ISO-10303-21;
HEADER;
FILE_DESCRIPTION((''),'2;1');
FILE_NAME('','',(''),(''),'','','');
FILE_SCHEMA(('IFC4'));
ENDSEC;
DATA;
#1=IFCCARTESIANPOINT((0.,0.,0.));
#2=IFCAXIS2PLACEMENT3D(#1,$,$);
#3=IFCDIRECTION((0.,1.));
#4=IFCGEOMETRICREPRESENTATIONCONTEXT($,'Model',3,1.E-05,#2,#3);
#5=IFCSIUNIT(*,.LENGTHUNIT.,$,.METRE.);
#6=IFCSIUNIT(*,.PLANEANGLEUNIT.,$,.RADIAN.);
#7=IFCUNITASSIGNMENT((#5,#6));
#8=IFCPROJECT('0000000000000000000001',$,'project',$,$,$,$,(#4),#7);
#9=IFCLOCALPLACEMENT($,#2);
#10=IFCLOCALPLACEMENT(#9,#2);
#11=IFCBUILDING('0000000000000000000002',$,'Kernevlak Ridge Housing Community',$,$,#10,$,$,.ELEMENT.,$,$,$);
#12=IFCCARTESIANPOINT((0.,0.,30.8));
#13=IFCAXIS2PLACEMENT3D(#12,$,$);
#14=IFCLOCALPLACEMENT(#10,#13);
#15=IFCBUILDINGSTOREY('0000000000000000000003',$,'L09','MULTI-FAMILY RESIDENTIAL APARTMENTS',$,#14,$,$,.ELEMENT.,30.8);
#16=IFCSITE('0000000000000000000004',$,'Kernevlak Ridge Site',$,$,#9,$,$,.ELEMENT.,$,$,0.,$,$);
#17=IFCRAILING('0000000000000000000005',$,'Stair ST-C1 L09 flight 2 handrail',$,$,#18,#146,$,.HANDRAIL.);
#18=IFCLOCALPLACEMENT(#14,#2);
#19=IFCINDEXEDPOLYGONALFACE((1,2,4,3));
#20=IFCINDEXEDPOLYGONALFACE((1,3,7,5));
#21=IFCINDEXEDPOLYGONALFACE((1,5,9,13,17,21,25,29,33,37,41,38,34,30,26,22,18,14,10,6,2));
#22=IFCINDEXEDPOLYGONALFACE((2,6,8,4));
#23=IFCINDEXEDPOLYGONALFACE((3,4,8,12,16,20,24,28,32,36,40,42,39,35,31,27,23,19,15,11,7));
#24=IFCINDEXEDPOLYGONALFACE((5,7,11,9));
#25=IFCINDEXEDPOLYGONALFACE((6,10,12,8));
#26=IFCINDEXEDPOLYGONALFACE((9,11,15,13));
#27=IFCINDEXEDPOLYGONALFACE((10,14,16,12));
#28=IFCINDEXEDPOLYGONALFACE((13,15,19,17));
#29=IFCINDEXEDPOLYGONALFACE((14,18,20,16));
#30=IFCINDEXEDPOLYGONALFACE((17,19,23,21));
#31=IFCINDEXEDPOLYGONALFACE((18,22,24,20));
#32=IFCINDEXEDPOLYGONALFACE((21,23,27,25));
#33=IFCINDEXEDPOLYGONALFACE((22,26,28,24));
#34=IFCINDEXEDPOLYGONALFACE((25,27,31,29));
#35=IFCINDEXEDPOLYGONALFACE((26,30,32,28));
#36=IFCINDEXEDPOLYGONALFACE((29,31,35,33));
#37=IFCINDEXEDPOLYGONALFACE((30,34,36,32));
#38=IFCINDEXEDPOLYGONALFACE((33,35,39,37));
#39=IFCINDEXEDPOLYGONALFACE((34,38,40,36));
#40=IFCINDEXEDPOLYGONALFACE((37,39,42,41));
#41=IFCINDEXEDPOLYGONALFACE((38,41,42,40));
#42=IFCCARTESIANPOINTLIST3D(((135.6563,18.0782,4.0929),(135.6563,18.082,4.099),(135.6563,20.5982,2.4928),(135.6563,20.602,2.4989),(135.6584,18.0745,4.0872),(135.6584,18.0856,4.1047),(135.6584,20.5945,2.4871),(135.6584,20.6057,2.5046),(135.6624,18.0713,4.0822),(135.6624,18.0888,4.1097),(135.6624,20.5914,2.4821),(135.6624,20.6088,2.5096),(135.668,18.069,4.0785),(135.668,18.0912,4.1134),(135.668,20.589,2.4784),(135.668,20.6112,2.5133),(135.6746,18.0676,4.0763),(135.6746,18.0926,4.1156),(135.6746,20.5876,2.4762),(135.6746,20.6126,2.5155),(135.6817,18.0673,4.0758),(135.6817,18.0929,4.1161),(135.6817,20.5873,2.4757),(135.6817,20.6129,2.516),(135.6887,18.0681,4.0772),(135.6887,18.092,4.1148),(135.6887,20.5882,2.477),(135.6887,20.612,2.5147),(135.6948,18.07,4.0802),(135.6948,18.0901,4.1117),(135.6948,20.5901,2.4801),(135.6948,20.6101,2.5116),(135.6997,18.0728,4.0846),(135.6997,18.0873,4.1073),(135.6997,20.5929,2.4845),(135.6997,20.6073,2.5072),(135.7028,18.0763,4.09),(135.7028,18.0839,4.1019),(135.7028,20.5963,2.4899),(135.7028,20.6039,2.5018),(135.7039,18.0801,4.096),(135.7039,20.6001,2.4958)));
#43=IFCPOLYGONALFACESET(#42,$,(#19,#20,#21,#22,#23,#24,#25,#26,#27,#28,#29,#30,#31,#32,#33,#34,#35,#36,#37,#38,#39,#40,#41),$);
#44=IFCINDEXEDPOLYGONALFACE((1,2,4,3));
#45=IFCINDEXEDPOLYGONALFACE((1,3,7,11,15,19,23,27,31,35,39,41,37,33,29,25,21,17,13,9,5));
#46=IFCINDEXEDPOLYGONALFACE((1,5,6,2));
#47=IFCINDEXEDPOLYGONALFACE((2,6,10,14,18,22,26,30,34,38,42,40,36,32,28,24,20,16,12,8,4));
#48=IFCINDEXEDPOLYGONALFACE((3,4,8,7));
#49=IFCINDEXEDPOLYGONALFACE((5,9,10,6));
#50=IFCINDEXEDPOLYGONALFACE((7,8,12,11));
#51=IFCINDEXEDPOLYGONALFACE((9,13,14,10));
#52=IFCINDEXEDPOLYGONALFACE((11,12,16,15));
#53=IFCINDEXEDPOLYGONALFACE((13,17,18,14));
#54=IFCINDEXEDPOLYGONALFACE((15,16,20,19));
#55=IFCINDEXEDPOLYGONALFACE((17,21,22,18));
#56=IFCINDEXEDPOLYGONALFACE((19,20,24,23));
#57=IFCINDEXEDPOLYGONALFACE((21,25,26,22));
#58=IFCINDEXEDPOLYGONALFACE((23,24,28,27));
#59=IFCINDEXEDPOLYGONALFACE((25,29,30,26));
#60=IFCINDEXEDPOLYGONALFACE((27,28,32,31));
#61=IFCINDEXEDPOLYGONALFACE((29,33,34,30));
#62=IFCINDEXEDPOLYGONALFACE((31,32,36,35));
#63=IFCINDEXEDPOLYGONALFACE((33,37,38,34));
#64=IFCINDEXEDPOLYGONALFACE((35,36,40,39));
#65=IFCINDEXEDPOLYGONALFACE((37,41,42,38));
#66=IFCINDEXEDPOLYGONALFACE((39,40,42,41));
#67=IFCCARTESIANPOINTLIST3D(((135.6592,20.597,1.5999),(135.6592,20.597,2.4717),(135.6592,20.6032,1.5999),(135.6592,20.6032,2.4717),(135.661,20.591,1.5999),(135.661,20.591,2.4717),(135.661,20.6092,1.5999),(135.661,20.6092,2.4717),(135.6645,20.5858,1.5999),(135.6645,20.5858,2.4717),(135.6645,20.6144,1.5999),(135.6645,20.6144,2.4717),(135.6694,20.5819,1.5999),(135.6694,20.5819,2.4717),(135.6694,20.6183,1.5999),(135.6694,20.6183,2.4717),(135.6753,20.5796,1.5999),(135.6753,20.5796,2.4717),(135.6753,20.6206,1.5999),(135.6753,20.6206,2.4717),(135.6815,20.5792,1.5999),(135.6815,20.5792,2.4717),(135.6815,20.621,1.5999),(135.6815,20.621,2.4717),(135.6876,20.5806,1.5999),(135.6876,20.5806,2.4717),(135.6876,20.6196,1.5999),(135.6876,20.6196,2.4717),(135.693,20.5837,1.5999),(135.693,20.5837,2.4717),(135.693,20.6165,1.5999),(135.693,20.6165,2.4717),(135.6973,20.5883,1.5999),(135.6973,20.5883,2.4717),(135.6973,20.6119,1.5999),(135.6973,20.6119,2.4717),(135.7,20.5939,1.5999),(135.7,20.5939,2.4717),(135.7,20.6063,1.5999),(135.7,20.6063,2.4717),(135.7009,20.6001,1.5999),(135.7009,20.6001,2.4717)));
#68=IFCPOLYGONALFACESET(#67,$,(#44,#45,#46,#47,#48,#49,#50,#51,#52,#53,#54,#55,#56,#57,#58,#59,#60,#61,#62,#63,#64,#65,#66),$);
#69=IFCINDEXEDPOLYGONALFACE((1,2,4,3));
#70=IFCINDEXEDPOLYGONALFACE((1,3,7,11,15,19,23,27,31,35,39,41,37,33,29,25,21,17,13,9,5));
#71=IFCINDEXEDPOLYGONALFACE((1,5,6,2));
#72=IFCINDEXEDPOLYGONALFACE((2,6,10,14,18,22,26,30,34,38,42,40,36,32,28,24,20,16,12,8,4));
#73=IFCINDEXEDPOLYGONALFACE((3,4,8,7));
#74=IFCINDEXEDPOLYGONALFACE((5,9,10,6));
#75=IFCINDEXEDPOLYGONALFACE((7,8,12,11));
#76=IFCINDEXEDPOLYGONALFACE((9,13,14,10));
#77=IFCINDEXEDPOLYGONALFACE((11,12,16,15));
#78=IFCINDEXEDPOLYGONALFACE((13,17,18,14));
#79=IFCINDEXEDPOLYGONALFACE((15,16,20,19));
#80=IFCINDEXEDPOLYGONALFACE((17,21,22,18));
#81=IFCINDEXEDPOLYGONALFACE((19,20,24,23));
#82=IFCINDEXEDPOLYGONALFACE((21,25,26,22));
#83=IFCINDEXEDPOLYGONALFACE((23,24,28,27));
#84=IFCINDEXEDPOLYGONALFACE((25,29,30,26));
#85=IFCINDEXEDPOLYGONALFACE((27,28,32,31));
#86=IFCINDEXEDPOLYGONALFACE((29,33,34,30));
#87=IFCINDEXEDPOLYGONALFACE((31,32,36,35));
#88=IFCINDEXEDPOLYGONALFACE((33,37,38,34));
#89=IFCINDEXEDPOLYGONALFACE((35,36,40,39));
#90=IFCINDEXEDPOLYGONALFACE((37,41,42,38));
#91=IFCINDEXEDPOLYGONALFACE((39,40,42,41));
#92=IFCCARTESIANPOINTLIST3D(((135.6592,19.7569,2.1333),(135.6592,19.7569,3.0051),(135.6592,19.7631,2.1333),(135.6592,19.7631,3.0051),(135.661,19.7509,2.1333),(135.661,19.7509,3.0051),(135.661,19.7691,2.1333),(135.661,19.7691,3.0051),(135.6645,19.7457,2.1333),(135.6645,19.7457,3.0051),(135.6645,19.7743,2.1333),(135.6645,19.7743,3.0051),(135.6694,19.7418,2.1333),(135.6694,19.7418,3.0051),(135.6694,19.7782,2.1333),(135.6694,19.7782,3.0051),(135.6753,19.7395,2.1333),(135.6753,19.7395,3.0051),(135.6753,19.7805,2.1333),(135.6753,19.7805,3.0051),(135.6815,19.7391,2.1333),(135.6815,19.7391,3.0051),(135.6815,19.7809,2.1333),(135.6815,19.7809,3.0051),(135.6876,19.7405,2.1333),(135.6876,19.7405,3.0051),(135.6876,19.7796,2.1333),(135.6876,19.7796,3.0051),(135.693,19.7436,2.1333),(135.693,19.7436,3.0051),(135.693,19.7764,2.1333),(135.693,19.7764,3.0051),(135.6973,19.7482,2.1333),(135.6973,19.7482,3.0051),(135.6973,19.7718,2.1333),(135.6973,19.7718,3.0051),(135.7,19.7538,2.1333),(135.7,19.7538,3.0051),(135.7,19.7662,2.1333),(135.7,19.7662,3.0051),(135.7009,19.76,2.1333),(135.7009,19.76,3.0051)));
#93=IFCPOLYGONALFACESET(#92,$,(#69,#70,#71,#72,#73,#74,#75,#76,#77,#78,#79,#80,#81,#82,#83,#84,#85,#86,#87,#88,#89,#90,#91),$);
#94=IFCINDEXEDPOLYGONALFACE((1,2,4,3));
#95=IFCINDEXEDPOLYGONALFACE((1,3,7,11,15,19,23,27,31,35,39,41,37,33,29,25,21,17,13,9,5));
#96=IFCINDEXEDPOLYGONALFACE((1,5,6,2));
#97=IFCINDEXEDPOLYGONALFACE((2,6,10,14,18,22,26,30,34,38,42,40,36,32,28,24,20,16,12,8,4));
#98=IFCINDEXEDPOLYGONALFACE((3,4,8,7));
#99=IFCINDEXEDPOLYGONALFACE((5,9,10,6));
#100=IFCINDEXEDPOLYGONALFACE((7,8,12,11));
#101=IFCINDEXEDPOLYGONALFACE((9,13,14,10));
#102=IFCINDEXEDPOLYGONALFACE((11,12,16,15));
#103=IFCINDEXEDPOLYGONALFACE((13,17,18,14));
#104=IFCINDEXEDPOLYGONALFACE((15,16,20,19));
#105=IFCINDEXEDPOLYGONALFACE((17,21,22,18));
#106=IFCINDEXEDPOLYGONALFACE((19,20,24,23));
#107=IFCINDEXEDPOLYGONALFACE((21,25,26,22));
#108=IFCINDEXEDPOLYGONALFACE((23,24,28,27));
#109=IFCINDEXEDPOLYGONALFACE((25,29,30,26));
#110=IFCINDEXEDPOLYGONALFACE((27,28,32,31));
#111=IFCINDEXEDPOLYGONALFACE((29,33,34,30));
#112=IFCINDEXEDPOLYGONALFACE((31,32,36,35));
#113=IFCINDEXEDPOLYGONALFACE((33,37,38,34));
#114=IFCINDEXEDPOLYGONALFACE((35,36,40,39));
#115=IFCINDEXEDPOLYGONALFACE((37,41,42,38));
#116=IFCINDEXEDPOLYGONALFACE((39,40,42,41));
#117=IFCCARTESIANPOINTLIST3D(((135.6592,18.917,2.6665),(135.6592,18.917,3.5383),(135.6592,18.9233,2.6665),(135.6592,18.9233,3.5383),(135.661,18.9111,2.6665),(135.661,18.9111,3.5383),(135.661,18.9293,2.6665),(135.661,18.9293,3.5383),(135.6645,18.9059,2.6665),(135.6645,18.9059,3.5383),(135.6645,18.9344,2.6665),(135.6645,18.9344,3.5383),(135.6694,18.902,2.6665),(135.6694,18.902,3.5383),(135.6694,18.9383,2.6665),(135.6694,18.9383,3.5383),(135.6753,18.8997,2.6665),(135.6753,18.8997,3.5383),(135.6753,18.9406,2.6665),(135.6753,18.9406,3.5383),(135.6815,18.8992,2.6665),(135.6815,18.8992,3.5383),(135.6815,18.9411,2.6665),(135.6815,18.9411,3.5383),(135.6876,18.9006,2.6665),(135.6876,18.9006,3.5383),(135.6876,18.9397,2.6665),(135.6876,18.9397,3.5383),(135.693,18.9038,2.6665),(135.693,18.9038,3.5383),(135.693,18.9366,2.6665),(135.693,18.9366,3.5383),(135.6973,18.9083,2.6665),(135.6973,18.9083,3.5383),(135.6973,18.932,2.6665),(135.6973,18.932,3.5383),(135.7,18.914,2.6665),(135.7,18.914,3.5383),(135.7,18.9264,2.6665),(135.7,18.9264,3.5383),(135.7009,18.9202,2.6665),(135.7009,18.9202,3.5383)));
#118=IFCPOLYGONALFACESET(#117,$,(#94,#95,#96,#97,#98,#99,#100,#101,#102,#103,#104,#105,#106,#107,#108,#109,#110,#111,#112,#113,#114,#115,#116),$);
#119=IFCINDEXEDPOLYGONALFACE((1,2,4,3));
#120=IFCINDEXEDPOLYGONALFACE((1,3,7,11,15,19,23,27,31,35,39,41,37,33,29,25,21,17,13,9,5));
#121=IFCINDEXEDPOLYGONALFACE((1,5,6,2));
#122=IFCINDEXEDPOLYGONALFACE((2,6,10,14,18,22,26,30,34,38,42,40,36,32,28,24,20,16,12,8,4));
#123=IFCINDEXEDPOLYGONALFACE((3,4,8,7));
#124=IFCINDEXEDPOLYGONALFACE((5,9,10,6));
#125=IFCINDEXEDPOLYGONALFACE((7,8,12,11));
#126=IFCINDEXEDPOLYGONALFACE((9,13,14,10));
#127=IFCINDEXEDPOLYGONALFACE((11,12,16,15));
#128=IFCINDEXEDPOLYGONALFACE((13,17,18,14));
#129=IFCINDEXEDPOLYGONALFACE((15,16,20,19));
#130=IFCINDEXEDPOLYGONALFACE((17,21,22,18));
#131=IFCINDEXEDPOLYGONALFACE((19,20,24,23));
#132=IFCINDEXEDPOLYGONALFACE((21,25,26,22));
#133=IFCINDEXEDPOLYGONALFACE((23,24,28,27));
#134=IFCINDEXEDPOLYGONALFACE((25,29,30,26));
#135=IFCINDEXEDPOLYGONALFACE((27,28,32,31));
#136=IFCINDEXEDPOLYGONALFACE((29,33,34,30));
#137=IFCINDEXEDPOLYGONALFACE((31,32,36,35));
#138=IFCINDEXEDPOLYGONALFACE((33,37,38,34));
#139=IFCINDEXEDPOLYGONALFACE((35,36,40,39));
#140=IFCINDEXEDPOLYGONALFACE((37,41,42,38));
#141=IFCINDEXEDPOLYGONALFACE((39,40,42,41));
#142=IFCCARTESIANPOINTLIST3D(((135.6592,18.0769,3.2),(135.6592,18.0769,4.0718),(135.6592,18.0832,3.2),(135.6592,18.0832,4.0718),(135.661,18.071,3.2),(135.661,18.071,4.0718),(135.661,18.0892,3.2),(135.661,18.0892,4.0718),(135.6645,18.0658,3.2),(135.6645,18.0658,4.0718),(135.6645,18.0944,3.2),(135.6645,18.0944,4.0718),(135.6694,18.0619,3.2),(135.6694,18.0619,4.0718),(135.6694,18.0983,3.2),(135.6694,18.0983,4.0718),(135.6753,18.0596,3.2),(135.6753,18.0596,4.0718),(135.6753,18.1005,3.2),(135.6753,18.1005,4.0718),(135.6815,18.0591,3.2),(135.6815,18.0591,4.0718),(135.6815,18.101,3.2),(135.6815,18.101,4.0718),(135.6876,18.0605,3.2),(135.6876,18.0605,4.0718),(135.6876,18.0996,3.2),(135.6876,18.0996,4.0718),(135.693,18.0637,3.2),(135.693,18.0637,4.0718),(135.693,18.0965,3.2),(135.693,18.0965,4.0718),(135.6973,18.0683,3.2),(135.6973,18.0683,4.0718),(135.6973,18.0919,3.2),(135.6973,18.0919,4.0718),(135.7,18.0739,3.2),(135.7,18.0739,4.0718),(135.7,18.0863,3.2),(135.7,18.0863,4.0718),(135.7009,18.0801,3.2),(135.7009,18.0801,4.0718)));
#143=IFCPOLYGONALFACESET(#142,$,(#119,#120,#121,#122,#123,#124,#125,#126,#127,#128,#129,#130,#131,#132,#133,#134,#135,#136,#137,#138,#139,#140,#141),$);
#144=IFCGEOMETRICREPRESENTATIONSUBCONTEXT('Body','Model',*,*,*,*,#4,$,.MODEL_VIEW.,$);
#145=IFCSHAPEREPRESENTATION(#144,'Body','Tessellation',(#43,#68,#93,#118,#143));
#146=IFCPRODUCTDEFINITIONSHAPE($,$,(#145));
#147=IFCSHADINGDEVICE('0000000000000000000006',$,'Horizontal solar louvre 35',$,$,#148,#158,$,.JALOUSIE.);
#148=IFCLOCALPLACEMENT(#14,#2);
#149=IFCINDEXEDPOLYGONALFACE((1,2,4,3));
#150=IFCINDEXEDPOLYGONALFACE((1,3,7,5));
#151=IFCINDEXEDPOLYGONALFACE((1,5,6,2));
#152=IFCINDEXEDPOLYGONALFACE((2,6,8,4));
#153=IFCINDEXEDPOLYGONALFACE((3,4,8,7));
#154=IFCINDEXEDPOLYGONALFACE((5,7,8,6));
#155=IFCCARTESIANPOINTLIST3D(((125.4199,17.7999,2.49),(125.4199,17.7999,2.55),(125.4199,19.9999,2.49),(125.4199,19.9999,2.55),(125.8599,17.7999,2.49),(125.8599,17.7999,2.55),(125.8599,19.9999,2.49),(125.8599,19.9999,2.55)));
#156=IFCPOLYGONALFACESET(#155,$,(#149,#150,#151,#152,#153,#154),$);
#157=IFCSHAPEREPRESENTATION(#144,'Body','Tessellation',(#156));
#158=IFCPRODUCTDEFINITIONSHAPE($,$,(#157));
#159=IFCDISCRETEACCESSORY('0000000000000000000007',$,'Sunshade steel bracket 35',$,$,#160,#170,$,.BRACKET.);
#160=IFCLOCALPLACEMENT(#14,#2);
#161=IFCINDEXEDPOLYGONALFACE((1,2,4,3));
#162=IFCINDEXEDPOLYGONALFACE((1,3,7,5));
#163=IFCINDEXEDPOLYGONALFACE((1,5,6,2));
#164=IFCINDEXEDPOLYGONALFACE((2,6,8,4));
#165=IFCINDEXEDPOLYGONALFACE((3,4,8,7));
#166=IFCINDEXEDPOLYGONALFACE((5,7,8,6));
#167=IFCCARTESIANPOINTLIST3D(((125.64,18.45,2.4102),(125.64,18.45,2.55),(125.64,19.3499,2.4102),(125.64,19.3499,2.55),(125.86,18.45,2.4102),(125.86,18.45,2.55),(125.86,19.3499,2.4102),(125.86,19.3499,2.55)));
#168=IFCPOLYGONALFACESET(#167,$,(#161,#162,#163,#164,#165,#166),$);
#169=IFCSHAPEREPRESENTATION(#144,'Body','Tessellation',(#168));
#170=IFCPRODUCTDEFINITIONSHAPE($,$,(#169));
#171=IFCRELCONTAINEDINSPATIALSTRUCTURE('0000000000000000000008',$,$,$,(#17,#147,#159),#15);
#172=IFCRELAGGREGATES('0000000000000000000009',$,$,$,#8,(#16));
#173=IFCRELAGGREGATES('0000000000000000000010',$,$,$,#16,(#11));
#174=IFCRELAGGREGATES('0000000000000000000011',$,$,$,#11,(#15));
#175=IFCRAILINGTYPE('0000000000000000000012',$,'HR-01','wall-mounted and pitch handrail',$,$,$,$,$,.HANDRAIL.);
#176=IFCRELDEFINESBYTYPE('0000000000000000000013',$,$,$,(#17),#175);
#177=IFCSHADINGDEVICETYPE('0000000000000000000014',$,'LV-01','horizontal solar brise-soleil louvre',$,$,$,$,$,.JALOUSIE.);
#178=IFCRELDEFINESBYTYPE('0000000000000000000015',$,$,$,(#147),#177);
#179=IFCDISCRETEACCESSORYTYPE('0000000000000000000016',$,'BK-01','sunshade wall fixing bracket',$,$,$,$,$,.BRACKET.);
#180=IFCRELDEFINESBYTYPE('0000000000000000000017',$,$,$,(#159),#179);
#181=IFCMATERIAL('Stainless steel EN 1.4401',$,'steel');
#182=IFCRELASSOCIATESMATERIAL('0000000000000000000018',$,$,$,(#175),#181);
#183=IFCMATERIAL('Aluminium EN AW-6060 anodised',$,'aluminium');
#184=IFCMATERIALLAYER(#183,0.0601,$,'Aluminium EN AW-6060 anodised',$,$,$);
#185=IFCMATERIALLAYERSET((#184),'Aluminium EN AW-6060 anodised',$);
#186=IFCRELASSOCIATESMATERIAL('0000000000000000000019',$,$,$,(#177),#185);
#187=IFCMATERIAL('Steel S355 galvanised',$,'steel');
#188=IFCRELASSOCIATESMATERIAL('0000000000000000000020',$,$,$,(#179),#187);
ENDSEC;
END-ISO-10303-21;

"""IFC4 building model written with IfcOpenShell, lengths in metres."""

from ifc_helpers import new_model, si_unit, direction, frame, origin, origin_2d, place, context, subcontext, project, spatial, rectangle, circle, extrude, material, layer, layer_set, type_object, element, save


model = new_model("IFC4")

# Units and contexts
model_context = context("Model", 3, precision=1e-05, world=origin(), true_north=direction((0.0, 1.0)))
body_context = subcontext(model_context, "Body", "Model", "MODEL_VIEW")
ifc_project = project(units=[si_unit("LENGTHUNIT", "METRE"), si_unit("PLANEANGLEUNIT", "RADIAN")], contexts=[model_context])

# Site, building, storey
site_placement = place(None, origin())
site = spatial("IfcSite", under=ifc_project, at=site_placement, Name="Kernevlak Ridge Site", CompositionType="ELEMENT", RefElevation=0.0)
building_placement = place(site_placement, origin())
building = spatial("IfcBuilding", under=site, at=building_placement, Name="Kernevlak Ridge Housing Community", CompositionType="ELEMENT")
storey_placement = place(building_placement, frame((0.0, 0.0, 30.8)))
storey = spatial("IfcBuildingStorey", under=building, at=storey_placement, Name="L09", Description="MULTI-FAMILY RESIDENTIAL APARTMENTS", CompositionType="ELEMENT", Elevation=30.8)

# Shared definitions
ifc_material_1 = material(Name="Stainless steel EN 1.4401", Category="steel")

# Railing
railing_type_1 = type_object("IfcRailingType", Name="HR-01", Description="wall-mounted and pitch handrail", PredefinedType="HANDRAIL", material=ifc_material_1)
railing_1_placement = place(storey_placement, frame((135.6799, 20.6001, 1.5999)))
element("IfcRailing", 1, at=railing_1_placement, inside=storey, type_object=railing_type_1, Name="Stair ST-C1 L09 flight 2 handrail", PredefinedType="HANDRAIL", context=body_context, shape_type="SweptSolid", body=[
    extrude(circle(Radius=0.0239, at=origin_2d()), frame((0.0, 0.0, 0.896), z_axis=(0.0, -0.8442, 0.536028), x_axis=(1.0, 0.0, 0.0)), (0.0, 0.0, 1.0), 2.9851),
    extrude(circle(Radius=0.021, at=origin_2d()), origin(), (0.0, 0.0, 1.0), 0.8718),
    extrude(circle(Radius=0.021, at=origin_2d()), frame((0.0, -0.8401, 0.5334)), (0.0, 0.0, 1.0), 0.8718),
    extrude(circle(Radius=0.021, at=origin_2d()), frame((0.0, -1.6799, 1.0667)), (0.0, 0.0, 1.0), 0.8718),
    extrude(circle(Radius=0.021, at=origin_2d()), frame((0.0, -2.52, 1.6001)), (0.0, 0.0, 1.0), 0.8718),
])

# Shading device
ifc_material_2 = material(Name="Aluminium EN AW-6060 anodised", Category="aluminium")
ifc_layer_1 = layer(ifc_material_2, 0.0601, Name="Aluminium EN AW-6060 anodised")
ifc_layer_set_1 = layer_set([ifc_layer_1], Name="Aluminium EN AW-6060 anodised")
shading_device_type = type_object("IfcShadingDeviceType", Name="LV-01", Description="horizontal solar brise-soleil louvre", PredefinedType="JALOUSIE", material=ifc_layer_set_1)
shading_device_placement = place(storey_placement, frame((125.6399, 18.8999, 2.49), z_axis=(0.0, 0.0, 1.0), x_axis=(0.0, 1.0, 0.0)))
element("IfcShadingDevice", 2, at=shading_device_placement, inside=storey, type_object=shading_device_type, Name="Horizontal solar louvre 35", PredefinedType="JALOUSIE", context=body_context, shape_type="SweptSolid", body=[
    extrude(rectangle(XDim=2.2, YDim=0.4399, at=origin_2d()), origin(), (0.0, 0.0, 1.0), 0.0601),
])

# Discrete accessory
ifc_material_3 = material(Name="Steel S355 galvanised", Category="steel")
discrete_accessory_type = type_object("IfcDiscreteAccessoryType", Name="BK-01", Description="sunshade wall fixing bracket", PredefinedType="BRACKET", material=ifc_material_3)
discrete_accessory_placement = place(storey_placement, frame((125.75, 18.8999, 2.4102), z_axis=(0.0, 0.0, 1.0), x_axis=(0.0, 1.0, 0.0)))
element("IfcDiscreteAccessory", 3, at=discrete_accessory_placement, inside=storey, type_object=discrete_accessory_type, Name="Sunshade steel bracket 35", PredefinedType="BRACKET", context=body_context, shape_type="SweptSolid", body=[
    extrude(rectangle(XDim=0.8999, YDim=0.22, at=origin_2d()), origin(), (0.0, 0.0, 1.0), 0.1399),
])

save(model, "model.ifc")
